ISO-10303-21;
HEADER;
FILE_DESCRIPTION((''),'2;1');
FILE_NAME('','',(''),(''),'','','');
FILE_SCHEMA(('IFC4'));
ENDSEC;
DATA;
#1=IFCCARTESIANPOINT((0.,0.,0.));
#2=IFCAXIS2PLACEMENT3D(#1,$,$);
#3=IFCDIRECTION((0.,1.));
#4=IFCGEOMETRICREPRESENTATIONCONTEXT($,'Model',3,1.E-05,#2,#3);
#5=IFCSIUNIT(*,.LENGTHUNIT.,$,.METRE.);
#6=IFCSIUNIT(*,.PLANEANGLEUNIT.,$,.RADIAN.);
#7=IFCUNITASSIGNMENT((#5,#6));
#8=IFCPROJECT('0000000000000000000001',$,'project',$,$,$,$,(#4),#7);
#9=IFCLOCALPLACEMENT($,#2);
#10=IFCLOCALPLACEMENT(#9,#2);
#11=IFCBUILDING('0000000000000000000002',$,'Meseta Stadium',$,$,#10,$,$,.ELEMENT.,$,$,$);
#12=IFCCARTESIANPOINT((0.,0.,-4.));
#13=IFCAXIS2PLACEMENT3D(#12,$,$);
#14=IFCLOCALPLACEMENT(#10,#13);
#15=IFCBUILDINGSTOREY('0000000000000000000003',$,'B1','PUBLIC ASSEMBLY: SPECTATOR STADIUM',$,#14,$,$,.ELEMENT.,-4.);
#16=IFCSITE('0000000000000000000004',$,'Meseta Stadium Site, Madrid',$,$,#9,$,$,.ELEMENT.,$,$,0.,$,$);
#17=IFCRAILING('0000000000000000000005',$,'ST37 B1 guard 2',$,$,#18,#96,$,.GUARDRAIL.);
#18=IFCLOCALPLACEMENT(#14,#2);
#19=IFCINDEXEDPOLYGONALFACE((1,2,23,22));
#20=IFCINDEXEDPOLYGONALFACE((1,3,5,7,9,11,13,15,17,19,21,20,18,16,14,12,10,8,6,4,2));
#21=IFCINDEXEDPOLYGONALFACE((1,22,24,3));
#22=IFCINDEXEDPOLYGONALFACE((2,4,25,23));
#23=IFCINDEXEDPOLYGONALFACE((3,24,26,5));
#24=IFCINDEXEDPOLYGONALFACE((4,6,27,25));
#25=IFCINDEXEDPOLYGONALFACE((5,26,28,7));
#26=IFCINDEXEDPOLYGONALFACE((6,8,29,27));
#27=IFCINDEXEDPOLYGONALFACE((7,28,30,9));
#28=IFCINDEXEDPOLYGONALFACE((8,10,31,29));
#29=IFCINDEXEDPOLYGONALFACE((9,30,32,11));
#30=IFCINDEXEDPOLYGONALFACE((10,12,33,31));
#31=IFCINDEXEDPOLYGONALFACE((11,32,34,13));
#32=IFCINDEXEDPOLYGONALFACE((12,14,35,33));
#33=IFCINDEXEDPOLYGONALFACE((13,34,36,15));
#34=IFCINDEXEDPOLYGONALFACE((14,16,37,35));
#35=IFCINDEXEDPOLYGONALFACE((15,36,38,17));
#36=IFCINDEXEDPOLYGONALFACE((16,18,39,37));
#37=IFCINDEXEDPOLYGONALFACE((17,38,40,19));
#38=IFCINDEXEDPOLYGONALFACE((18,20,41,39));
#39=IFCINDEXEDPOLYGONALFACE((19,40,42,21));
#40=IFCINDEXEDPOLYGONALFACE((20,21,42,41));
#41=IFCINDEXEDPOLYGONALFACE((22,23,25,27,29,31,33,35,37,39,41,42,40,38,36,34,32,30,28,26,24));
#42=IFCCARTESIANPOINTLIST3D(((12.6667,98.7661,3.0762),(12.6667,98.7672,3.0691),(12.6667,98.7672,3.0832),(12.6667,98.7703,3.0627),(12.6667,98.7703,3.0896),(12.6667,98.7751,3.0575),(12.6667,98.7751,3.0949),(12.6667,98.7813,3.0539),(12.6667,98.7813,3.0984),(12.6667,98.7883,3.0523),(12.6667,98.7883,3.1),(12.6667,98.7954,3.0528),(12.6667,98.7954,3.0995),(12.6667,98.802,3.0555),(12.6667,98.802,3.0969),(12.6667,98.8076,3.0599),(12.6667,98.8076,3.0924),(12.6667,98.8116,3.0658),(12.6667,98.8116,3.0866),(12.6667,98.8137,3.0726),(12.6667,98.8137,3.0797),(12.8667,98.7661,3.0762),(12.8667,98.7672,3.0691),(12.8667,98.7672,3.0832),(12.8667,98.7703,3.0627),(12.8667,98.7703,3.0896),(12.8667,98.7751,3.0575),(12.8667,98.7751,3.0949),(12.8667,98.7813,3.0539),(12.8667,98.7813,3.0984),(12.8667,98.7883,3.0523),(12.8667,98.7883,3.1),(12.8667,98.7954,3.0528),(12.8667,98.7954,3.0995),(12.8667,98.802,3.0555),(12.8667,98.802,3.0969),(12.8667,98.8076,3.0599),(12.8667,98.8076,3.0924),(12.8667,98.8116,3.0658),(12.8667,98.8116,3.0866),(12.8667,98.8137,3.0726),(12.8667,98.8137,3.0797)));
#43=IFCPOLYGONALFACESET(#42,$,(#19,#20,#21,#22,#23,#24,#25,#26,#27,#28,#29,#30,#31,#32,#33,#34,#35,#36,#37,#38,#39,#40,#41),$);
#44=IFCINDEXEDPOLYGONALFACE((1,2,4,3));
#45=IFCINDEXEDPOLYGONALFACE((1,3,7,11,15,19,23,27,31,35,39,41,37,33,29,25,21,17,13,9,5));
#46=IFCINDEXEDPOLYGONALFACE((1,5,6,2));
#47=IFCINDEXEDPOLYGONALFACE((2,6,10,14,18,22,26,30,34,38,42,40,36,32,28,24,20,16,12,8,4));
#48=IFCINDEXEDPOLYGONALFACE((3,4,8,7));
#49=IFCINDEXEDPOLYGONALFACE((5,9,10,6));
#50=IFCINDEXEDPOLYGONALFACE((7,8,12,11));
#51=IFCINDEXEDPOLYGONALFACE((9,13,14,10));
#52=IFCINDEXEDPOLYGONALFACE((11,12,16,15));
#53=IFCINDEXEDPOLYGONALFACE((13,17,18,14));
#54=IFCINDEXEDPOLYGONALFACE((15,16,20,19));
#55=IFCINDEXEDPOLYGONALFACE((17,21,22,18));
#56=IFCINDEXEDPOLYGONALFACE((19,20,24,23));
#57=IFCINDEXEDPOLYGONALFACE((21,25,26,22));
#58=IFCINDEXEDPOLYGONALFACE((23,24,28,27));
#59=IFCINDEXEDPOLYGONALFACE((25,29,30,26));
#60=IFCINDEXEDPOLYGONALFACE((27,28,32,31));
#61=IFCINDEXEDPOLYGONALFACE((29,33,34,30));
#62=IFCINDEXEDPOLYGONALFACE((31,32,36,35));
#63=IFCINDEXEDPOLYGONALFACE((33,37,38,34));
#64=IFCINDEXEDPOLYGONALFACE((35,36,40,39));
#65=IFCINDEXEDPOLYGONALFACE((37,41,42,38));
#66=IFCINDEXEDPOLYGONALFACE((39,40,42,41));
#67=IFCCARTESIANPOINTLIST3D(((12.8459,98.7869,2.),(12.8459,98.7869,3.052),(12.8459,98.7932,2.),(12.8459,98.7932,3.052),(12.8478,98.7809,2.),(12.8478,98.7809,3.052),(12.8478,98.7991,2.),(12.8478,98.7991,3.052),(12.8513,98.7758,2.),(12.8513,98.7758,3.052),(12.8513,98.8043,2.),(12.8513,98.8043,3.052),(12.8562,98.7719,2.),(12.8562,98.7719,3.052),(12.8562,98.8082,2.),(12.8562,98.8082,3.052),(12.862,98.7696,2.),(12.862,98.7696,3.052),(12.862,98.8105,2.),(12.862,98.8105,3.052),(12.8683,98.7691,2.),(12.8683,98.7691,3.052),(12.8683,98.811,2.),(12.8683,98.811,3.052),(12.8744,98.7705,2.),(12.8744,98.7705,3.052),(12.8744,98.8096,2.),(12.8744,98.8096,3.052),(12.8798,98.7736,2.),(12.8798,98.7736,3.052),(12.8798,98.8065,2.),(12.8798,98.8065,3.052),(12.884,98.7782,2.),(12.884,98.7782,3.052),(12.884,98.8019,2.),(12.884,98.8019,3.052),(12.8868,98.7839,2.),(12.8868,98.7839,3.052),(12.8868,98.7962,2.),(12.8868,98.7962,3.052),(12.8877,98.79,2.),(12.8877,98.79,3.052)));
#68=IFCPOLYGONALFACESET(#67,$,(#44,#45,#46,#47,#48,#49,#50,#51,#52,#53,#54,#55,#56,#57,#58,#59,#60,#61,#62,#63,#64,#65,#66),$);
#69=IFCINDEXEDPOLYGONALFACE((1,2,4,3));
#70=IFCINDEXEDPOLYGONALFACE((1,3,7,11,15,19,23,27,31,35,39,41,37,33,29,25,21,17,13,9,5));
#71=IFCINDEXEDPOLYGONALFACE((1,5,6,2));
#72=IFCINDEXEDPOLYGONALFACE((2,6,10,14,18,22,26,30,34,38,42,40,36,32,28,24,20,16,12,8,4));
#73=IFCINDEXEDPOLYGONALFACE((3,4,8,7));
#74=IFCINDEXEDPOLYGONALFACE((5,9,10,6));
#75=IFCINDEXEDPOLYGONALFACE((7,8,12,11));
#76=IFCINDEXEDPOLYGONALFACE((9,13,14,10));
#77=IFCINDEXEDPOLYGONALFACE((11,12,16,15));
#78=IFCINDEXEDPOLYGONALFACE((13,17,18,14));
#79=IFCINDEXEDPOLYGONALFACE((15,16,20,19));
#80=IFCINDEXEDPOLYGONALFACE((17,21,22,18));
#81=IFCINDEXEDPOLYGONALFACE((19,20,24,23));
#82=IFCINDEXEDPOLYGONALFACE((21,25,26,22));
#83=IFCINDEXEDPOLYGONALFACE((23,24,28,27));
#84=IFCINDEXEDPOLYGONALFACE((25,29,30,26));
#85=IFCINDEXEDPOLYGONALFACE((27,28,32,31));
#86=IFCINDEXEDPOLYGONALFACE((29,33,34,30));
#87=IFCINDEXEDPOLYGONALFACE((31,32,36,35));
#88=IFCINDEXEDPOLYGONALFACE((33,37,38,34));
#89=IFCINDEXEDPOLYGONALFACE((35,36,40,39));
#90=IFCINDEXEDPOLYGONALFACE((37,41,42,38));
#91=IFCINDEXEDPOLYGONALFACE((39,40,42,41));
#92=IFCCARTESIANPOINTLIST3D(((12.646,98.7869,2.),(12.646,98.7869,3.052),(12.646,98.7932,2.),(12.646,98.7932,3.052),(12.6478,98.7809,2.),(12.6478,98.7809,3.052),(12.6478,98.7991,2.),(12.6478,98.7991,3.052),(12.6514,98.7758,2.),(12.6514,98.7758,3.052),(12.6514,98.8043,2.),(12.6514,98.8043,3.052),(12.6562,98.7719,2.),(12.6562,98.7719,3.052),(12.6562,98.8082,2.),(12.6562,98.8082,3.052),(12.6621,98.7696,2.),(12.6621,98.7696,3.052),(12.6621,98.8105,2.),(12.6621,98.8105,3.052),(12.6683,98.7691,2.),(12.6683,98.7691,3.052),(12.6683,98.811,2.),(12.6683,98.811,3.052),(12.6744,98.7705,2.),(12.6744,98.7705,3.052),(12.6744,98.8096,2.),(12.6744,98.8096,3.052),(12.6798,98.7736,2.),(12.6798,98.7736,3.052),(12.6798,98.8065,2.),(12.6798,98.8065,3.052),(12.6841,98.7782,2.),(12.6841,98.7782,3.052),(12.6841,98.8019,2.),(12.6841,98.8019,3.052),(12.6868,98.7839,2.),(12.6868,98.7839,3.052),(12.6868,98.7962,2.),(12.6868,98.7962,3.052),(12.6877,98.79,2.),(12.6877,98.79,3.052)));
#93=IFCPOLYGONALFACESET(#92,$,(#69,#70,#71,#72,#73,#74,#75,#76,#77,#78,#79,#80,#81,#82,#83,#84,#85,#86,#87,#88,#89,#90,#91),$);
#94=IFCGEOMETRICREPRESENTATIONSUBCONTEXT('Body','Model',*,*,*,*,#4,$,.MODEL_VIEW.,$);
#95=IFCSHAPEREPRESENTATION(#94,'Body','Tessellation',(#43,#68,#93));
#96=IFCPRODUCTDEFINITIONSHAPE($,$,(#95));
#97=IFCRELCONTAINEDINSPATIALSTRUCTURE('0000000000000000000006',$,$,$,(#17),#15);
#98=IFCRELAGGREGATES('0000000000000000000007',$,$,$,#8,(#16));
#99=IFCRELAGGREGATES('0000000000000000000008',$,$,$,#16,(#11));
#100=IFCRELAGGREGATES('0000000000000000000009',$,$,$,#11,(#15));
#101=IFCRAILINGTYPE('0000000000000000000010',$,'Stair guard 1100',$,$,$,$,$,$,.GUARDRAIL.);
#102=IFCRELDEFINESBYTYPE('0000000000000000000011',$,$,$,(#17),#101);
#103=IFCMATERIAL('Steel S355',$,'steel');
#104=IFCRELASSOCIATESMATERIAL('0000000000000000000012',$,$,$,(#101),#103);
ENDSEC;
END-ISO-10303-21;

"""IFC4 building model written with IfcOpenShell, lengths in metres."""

from ifc_helpers import new_model, si_unit, direction, frame, origin, origin_2d, place, context, subcontext, project, spatial, circle, extrude, material, type_object, element, save


model = new_model("IFC4")

# Units and contexts
model_context = context("Model", 3, precision=1e-05, world=origin(), true_north=direction((0.0, 1.0)))
body_context = subcontext(model_context, "Body", "Model", "MODEL_VIEW")
ifc_project = project(units=[si_unit("LENGTHUNIT", "METRE"), si_unit("PLANEANGLEUNIT", "RADIAN")], contexts=[model_context])

# Site, building, storey
site_placement = place(None, origin())
site = spatial("IfcSite", under=ifc_project, at=site_placement, Name="Meseta Stadium Site, Madrid", CompositionType="ELEMENT", RefElevation=0.0)
building_placement = place(site_placement, origin())
building = spatial("IfcBuilding", under=site, at=building_placement, Name="Meseta Stadium", CompositionType="ELEMENT")
storey_placement = place(building_placement, frame((0.0, 0.0, -4.0)))
storey = spatial("IfcBuildingStorey", under=building, at=storey_placement, Name="B1", Description="PUBLIC ASSEMBLY: SPECTATOR STADIUM", CompositionType="ELEMENT", Elevation=-4.0)

# Railing
ifc_material_1 = material(Name="Steel S355", Category="steel")
railing_type_1 = type_object("IfcRailingType", Name="Stair guard 1100", PredefinedType="GUARDRAIL", material=ifc_material_1)
railing_1_placement = place(storey_placement, frame((12.8667, 98.79, 2.0)))
element("IfcRailing", 1, at=railing_1_placement, inside=storey, type_object=railing_type_1, Name="ST37 B1 guard 2", PredefinedType="GUARDRAIL", context=body_context, shape_type="SweptSolid", body=[
    extrude(circle(Radius=0.0239, at=origin_2d()), frame((0.0, 0.0, 1.0762), z_axis=(-1.0, 0.0, 0.0), x_axis=(0.0, -1.0, 0.0)), (0.0, 0.0, 1.0), 0.2),
    extrude(circle(Radius=0.021, at=origin_2d()), origin(), (0.0, 0.0, 1.0), 1.052),
    extrude(circle(Radius=0.021, at=origin_2d()), frame((-0.2, 0.0, 0.0)), (0.0, 0.0, 1.0), 1.052),
])

save(model, "model.ifc")
